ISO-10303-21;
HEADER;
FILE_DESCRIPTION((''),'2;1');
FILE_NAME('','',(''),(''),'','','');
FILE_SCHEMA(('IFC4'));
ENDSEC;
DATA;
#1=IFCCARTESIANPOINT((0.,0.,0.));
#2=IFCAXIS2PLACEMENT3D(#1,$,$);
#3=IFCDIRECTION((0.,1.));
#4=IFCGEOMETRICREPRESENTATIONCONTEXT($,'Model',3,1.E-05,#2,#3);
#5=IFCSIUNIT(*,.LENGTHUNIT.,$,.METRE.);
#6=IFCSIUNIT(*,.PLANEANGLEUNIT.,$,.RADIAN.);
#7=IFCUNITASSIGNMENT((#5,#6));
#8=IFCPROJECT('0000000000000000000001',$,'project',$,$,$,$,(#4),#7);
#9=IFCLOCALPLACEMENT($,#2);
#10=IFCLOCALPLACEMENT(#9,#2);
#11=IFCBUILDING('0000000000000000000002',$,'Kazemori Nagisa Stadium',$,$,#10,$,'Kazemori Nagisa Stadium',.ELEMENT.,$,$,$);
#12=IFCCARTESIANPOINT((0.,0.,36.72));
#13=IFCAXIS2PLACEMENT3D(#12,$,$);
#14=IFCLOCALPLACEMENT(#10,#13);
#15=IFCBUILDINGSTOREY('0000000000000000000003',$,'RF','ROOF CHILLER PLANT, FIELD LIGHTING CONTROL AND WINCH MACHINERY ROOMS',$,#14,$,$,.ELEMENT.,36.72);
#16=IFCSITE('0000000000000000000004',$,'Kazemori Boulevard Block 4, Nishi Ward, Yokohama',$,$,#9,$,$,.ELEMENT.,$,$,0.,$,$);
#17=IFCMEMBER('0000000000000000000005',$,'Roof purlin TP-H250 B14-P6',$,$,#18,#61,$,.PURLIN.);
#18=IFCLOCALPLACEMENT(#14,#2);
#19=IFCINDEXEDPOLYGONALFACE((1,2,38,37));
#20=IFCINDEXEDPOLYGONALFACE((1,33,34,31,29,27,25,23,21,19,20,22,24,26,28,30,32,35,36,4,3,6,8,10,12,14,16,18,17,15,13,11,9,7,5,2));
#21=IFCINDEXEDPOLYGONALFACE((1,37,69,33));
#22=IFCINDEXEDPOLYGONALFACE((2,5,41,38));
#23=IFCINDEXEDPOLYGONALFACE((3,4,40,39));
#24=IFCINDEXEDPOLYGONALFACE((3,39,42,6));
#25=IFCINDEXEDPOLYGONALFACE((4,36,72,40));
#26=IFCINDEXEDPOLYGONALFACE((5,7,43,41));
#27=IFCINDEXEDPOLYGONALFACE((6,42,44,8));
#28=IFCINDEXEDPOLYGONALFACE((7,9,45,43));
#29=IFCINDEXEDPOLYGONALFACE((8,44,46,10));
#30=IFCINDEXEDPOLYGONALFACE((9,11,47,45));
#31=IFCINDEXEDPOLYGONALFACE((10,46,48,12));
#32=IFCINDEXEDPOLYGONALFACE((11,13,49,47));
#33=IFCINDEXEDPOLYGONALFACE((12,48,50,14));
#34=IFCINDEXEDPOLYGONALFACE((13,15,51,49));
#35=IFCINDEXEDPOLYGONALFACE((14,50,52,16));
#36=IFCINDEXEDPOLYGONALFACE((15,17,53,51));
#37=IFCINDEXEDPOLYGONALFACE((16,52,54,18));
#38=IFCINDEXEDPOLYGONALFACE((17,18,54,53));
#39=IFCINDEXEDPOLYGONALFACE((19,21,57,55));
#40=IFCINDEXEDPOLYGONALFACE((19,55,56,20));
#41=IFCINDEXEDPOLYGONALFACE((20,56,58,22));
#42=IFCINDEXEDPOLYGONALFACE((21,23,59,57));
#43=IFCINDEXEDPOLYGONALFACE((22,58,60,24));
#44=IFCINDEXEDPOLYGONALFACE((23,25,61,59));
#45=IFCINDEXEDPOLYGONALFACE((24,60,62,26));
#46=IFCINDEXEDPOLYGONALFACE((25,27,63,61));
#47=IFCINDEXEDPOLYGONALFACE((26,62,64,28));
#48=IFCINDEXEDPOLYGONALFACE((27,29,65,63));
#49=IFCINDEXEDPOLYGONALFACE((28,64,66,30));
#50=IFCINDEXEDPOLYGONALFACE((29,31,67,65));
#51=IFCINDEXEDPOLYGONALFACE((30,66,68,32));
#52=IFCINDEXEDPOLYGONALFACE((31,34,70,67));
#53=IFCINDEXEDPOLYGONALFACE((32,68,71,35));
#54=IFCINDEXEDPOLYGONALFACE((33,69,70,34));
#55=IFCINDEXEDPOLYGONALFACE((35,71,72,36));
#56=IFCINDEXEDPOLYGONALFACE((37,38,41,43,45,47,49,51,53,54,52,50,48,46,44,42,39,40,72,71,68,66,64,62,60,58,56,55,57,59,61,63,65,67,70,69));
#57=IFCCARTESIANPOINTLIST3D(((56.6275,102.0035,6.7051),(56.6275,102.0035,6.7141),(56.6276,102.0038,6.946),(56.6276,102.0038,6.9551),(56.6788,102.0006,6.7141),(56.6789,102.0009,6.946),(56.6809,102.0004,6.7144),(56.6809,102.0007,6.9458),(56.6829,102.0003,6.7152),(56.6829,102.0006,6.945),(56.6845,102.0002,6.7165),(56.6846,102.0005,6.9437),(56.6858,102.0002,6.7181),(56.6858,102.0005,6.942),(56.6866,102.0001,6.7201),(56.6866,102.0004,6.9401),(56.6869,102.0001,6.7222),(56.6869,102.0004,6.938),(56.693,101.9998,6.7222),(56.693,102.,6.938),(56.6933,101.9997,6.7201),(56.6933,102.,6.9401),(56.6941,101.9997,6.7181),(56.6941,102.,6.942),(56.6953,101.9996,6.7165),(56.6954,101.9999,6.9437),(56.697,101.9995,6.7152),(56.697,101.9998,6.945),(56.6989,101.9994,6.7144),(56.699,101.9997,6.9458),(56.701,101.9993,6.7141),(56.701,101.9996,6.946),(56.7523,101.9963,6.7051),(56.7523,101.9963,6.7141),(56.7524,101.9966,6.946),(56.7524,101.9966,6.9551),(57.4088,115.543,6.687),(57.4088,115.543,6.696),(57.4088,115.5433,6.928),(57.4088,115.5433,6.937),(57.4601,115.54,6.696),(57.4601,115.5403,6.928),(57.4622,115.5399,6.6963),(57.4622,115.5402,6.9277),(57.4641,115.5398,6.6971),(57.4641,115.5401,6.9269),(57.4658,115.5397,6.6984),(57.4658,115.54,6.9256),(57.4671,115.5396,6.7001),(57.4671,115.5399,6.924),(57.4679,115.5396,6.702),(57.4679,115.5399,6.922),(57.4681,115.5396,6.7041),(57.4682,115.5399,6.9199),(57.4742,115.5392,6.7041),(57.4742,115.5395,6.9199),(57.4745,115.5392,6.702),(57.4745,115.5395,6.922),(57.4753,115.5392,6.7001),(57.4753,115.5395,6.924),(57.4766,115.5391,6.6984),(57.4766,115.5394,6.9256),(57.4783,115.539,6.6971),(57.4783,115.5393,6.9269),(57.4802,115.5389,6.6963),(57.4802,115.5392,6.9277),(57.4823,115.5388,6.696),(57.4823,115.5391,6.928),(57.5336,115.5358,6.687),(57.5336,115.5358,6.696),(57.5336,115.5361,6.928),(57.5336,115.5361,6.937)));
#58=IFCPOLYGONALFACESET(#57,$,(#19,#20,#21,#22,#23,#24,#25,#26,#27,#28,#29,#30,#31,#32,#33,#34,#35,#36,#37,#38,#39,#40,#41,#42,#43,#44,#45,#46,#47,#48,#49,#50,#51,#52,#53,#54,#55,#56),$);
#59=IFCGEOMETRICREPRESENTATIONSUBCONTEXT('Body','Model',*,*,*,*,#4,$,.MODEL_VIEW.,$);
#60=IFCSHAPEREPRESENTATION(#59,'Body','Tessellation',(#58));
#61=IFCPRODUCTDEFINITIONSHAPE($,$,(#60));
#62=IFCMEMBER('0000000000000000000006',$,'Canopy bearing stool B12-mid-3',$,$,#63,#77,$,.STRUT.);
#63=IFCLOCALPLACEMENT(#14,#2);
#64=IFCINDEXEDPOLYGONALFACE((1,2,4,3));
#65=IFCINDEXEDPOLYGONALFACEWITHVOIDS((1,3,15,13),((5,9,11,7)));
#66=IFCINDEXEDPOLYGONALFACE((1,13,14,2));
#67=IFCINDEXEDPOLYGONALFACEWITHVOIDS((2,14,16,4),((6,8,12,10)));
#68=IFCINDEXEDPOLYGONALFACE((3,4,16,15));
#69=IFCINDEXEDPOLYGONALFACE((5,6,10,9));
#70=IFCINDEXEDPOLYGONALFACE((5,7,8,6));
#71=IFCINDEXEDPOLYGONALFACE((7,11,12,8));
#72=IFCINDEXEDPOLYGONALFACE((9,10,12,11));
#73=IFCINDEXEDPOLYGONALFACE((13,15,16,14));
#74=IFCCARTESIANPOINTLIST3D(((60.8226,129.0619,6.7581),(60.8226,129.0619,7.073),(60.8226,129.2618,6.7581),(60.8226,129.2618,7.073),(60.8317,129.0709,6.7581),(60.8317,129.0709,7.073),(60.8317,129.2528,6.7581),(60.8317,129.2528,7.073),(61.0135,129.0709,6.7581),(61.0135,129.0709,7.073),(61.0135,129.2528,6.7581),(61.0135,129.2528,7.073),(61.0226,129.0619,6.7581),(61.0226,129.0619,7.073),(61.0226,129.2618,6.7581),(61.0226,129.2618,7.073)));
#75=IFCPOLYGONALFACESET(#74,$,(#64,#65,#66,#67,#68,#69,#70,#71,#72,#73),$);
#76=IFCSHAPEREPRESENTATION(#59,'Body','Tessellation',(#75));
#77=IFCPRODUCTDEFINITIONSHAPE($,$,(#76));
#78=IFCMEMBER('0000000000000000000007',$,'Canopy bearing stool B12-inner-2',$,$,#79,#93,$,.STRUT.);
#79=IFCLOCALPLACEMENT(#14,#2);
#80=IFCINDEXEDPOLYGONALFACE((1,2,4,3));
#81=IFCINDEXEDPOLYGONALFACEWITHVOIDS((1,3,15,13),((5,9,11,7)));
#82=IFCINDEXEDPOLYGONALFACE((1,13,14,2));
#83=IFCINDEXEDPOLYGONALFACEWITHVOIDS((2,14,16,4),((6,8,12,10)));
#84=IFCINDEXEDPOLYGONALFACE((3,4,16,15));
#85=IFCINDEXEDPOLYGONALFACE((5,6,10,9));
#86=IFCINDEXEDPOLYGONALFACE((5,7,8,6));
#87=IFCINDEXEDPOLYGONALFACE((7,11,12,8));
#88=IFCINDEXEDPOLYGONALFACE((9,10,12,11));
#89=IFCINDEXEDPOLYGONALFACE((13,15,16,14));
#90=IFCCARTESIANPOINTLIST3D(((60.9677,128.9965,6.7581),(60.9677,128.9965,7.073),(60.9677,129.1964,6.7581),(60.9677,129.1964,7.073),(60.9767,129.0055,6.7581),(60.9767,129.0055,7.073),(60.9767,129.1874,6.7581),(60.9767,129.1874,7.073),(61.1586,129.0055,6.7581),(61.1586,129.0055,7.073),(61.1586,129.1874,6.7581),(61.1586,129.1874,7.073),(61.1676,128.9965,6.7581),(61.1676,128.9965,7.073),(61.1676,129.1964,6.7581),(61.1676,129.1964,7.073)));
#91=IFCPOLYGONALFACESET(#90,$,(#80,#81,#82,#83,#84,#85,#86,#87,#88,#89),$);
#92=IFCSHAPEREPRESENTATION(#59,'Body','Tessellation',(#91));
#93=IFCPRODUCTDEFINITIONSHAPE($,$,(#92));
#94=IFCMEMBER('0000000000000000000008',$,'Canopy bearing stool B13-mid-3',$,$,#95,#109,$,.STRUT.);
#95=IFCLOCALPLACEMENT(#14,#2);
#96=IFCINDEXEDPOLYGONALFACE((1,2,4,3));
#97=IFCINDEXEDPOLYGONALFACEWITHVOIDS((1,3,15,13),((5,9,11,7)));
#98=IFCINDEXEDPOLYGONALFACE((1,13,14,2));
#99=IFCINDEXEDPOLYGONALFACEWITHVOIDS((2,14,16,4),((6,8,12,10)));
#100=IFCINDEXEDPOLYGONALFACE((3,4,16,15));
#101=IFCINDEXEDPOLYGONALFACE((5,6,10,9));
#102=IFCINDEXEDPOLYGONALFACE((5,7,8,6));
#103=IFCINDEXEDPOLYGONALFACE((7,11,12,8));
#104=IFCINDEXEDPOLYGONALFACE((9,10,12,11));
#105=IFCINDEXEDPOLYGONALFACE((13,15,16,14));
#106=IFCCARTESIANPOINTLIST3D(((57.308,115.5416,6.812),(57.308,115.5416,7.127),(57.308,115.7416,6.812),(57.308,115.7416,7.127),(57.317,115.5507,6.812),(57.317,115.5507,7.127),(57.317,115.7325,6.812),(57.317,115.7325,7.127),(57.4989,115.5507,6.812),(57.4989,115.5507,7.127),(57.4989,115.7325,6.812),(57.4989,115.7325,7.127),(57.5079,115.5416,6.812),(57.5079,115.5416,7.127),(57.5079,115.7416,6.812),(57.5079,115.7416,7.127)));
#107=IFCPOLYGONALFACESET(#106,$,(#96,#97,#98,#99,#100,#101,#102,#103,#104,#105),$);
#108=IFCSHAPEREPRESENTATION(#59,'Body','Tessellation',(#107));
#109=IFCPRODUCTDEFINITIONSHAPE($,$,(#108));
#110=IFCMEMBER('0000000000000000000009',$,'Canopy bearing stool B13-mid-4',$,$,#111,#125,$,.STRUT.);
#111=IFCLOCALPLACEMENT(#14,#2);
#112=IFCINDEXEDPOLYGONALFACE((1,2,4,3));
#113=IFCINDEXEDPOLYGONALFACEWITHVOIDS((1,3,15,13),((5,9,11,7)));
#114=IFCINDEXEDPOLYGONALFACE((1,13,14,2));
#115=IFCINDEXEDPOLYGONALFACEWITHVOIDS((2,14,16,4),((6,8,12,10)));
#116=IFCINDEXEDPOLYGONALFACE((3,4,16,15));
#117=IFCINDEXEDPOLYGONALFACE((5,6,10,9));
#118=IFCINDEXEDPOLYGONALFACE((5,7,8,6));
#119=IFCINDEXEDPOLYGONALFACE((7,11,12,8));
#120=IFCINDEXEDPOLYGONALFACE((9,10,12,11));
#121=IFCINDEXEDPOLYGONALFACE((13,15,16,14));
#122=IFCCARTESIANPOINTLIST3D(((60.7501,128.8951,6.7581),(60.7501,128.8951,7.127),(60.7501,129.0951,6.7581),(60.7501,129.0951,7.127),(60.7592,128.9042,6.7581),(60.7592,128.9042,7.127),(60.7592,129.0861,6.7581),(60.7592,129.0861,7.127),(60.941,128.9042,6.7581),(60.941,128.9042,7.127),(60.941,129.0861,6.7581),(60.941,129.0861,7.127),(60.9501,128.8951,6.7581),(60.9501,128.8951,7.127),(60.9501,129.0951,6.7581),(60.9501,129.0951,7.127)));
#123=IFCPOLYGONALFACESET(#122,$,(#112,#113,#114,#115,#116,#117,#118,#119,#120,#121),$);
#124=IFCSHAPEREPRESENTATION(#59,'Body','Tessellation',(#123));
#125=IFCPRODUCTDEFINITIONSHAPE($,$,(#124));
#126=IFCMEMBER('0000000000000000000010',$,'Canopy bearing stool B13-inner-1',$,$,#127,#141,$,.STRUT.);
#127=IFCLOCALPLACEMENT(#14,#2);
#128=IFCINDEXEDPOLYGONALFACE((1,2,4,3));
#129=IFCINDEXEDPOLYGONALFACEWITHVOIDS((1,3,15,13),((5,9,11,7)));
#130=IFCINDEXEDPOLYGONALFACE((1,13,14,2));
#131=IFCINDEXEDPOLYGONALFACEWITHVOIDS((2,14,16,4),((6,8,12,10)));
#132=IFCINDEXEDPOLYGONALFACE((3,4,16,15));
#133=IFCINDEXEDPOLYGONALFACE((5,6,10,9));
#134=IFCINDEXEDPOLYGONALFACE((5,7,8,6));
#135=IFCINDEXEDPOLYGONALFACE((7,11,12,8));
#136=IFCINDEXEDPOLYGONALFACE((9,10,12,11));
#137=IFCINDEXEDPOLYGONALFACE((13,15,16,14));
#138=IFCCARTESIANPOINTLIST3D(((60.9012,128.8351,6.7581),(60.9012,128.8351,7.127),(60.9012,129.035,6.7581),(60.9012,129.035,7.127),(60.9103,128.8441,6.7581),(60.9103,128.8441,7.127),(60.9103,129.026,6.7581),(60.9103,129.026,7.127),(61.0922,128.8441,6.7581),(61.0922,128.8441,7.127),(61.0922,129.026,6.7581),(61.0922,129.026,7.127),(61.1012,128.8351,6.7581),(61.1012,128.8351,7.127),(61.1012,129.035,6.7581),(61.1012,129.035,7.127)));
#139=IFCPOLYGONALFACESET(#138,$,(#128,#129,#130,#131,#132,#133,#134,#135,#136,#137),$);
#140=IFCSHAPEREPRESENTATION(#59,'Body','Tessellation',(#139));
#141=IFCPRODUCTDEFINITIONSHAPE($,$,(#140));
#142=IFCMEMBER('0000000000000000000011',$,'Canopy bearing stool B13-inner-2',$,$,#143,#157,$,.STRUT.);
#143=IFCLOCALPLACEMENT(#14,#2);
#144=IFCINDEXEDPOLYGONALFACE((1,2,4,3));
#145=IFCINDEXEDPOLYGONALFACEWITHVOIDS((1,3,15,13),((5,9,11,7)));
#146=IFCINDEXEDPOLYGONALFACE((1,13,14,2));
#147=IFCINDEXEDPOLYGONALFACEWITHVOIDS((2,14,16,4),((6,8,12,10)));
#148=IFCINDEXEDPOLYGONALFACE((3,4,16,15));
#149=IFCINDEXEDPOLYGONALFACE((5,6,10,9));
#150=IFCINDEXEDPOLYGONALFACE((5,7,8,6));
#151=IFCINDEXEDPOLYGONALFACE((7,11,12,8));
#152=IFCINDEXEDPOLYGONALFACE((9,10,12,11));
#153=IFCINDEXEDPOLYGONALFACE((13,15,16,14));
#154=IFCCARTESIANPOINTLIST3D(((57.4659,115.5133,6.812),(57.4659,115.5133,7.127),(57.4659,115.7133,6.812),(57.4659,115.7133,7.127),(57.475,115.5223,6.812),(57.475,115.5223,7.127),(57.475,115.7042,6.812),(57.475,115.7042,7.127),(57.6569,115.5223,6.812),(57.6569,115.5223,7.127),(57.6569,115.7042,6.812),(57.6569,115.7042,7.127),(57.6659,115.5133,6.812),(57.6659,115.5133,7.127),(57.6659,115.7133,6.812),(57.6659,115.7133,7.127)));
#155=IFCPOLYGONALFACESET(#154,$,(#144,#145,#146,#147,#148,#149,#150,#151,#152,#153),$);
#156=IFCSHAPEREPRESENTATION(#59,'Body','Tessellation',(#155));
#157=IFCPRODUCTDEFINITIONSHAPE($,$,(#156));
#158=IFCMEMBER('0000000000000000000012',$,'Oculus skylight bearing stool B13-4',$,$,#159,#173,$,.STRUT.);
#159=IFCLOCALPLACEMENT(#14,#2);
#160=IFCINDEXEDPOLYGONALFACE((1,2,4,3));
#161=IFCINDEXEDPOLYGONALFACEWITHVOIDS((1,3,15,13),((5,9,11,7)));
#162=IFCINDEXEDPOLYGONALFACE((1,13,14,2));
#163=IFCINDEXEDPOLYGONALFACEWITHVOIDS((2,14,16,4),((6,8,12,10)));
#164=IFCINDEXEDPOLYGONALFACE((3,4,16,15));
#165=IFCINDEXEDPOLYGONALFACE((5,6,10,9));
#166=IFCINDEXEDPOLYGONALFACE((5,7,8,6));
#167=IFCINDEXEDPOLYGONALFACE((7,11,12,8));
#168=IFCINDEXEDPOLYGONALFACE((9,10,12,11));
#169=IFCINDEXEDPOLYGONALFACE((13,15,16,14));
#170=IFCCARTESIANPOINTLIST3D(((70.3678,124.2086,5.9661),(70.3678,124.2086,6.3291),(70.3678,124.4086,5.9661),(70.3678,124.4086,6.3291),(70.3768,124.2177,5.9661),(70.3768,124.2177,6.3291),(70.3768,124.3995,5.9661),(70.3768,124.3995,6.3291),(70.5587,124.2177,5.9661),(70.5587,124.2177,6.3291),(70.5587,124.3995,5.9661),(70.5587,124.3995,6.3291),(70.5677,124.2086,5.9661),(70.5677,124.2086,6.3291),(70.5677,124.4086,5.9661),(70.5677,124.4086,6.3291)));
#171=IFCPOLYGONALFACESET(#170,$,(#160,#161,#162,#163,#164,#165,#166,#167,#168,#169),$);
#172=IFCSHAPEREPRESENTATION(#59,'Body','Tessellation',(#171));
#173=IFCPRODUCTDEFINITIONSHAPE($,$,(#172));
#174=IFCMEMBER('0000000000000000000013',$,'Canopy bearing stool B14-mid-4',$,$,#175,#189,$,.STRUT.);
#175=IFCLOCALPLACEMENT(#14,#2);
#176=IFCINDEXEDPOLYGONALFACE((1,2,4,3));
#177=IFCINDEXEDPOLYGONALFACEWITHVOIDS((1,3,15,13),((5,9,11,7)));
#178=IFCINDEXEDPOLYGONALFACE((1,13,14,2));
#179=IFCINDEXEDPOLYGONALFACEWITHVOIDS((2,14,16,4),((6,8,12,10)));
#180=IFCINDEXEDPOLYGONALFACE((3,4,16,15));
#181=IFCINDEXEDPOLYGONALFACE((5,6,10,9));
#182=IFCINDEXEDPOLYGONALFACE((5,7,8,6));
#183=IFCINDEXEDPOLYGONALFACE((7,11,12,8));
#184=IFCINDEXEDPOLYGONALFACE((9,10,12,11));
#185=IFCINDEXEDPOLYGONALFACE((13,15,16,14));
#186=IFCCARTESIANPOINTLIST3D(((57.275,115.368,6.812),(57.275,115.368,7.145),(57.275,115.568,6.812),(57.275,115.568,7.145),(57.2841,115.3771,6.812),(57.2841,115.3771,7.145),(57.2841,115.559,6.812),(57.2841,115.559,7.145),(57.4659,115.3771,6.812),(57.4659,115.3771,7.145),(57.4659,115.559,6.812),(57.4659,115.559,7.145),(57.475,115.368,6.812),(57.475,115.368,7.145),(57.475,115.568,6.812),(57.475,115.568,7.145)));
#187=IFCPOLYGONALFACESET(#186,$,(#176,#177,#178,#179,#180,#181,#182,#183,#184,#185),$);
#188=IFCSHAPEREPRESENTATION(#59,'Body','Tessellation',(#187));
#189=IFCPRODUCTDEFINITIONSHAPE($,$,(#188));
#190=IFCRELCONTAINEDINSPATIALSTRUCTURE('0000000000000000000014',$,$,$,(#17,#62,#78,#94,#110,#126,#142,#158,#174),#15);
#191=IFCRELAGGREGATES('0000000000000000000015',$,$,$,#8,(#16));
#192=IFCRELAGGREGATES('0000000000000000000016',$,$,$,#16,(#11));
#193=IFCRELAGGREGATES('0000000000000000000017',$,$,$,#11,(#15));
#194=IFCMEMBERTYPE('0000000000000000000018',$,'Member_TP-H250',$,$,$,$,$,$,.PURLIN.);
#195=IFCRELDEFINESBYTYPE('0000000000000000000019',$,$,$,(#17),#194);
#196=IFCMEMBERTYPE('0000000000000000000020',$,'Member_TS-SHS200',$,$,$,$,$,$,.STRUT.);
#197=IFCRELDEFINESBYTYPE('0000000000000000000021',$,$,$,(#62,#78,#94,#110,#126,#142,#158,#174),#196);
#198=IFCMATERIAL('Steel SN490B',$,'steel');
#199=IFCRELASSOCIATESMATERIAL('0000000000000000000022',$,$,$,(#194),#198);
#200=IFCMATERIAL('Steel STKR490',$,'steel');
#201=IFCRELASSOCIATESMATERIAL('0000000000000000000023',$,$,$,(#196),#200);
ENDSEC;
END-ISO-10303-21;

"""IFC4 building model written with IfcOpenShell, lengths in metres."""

from ifc_helpers import new_model, si_unit, direction, frame, origin, origin_2d, place, context, subcontext, project, spatial, hollow_rectangle, i_section, extrude, material, material_profile, profile_set, type_object, element, save


model = new_model("IFC4")

# Units and contexts
model_context = context("Model", 3, precision=1e-05, world=origin(), true_north=direction((0.0, 1.0)))
body_context = subcontext(model_context, "Body", "Model", "MODEL_VIEW")
ifc_project = project(units=[si_unit("LENGTHUNIT", "METRE"), si_unit("PLANEANGLEUNIT", "RADIAN")], contexts=[model_context])

# Site, building, storey
site_placement = place(None, origin())
site = spatial("IfcSite", under=ifc_project, at=site_placement, Name="Kazemori Boulevard Block 4, Nishi Ward, Yokohama", CompositionType="ELEMENT", RefElevation=0.0)
building_placement = place(site_placement, origin())
building = spatial("IfcBuilding", under=site, at=building_placement, Name="Kazemori Nagisa Stadium", LongName="Kazemori Nagisa Stadium", CompositionType="ELEMENT")
storey_placement = place(building_placement, frame((0.0, 0.0, 36.72)))
storey = spatial("IfcBuildingStorey", under=building, at=storey_placement, Name="RF", Description="ROOF CHILLER PLANT, FIELD LIGHTING CONTROL AND WINCH MACHINERY ROOMS", CompositionType="ELEMENT", Elevation=36.72)

# Members
ifc_material_1 = material(Name="Steel STKR490", Category="steel")
ifc_material_2 = material(Name="Steel SN490B", Category="steel")
ifc_material_profile_1 = material_profile(ifc_material_2, i_section(OverallWidth=0.125, OverallDepth=0.25, WebThickness=0.0061, FlangeThickness=0.009, FilletRadius=0.0081, at=origin_2d()), Name="H-250x125x6x9")
ifc_profile_set_1 = profile_set([ifc_material_profile_1], Name="Steel SN490B")
member_type_1 = type_object("IfcMemberType", Name="Member_TP-H250", PredefinedType="PURLIN", material=ifc_profile_set_1)
member_1_placement = place(storey_placement, frame((57.4712, 115.5396, 6.812), z_axis=(-0.057605, -0.998339, 0.001332), x_axis=(0.998339, -0.057606, 0.0)))
element("IfcMember", 1, at=member_1_placement, inside=storey, type_object=member_type_1, Name="Roof purlin TP-H250 B14-P6", PredefinedType="PURLIN", context=body_context, shape_type="SweptSolid", body=[
    extrude(i_section(OverallWidth=0.125, OverallDepth=0.25, WebThickness=0.0061, FlangeThickness=0.009, FilletRadius=0.0081, at=origin_2d()), origin(), (0.0, 0.0, 1.0), 13.562),
])
ifc_material_profile_2 = material_profile(ifc_material_1, hollow_rectangle(XDim=0.2, YDim=0.2, WallThickness=0.009, at=origin_2d()), Name="SHS-200x200x9")
ifc_profile_set_2 = profile_set([ifc_material_profile_2], Name="Steel STKR490")
member_type_2 = type_object("IfcMemberType", Name="Member_TS-SHS200", PredefinedType="STRUT", material=ifc_profile_set_2)
for number, where, z_axis, x_axis, name in (
    (2, (60.9226, 129.1619, 6.7581), (0.0, 0.0, 1.0), (1.0, 0.0, 0.0), "Canopy bearing stool B12-mid-3"),
    (3, (61.0676, 129.0964, 6.7581), (0.0, 0.0, 1.0), (1.0, 0.0, 0.0), "Canopy bearing stool B12-inner-2"),
    (4, (57.408, 115.6416, 6.812), (0.0, 0.0, 1.0), (1.0, 0.0, 0.0), "Canopy bearing stool B13-mid-3"),
):
    element("IfcMember", number, at=place(storey_placement, frame(where, z_axis=z_axis, x_axis=x_axis)), inside=storey, type_object=member_type_2, Name=name, PredefinedType="STRUT", context=body_context, shape_type="SweptSolid", body=[
        extrude(hollow_rectangle(XDim=0.2, YDim=0.2, WallThickness=0.009, at=origin_2d()), origin(), (0.0, 0.0, 1.0), 0.3149),
    ])
for number, where, z_axis, x_axis, name in (
    (5, (60.8501, 128.9951, 6.7581), (0.0, 0.0, 1.0), (1.0, 0.0, 0.0), "Canopy bearing stool B13-mid-4"),
    (6, (61.0012, 128.9351, 6.7581), (0.0, 0.0, 1.0), (1.0, 0.0, 0.0), "Canopy bearing stool B13-inner-1"),
):
    element("IfcMember", number, at=place(storey_placement, frame(where, z_axis=z_axis, x_axis=x_axis)), inside=storey, type_object=member_type_2, Name=name, PredefinedType="STRUT", context=body_context, shape_type="SweptSolid", body=[
        extrude(hollow_rectangle(XDim=0.2, YDim=0.2, WallThickness=0.009, at=origin_2d()), origin(), (0.0, 0.0, 1.0), 0.3689),
    ])
member_2_placement = place(storey_placement, frame((57.5659, 115.6133, 6.812), z_axis=(0.0, 0.0, 1.0), x_axis=(1.0, 0.0, 0.0)))
element("IfcMember", 7, at=member_2_placement, inside=storey, type_object=member_type_2, Name="Canopy bearing stool B13-inner-2", PredefinedType="STRUT", context=body_context, shape_type="SweptSolid", body=[
    extrude(hollow_rectangle(XDim=0.2, YDim=0.2, WallThickness=0.009, at=origin_2d()), origin(), (0.0, 0.0, 1.0), 0.3149),
])
member_3_placement = place(storey_placement, frame((70.4678, 124.3086, 5.9661), z_axis=(0.0, 0.0, 1.0), x_axis=(1.0, 0.0, 0.0)))
element("IfcMember", 8, at=member_3_placement, inside=storey, type_object=member_type_2, Name="Oculus skylight bearing stool B13-4", PredefinedType="STRUT", context=body_context, shape_type="SweptSolid", body=[
    extrude(hollow_rectangle(XDim=0.2, YDim=0.2, WallThickness=0.009, at=origin_2d()), origin(), (0.0, 0.0, 1.0), 0.363),
])
member_4_placement = place(storey_placement, frame((57.375, 115.468, 6.812), z_axis=(0.0, 0.0, 1.0), x_axis=(1.0, 0.0, 0.0)))
element("IfcMember", 9, at=member_4_placement, inside=storey, type_object=member_type_2, Name="Canopy bearing stool B14-mid-4", PredefinedType="STRUT", context=body_context, shape_type="SweptSolid", body=[
    extrude(hollow_rectangle(XDim=0.2, YDim=0.2, WallThickness=0.009, at=origin_2d()), origin(), (0.0, 0.0, 1.0), 0.333),
])

save(model, "model.ifc")
